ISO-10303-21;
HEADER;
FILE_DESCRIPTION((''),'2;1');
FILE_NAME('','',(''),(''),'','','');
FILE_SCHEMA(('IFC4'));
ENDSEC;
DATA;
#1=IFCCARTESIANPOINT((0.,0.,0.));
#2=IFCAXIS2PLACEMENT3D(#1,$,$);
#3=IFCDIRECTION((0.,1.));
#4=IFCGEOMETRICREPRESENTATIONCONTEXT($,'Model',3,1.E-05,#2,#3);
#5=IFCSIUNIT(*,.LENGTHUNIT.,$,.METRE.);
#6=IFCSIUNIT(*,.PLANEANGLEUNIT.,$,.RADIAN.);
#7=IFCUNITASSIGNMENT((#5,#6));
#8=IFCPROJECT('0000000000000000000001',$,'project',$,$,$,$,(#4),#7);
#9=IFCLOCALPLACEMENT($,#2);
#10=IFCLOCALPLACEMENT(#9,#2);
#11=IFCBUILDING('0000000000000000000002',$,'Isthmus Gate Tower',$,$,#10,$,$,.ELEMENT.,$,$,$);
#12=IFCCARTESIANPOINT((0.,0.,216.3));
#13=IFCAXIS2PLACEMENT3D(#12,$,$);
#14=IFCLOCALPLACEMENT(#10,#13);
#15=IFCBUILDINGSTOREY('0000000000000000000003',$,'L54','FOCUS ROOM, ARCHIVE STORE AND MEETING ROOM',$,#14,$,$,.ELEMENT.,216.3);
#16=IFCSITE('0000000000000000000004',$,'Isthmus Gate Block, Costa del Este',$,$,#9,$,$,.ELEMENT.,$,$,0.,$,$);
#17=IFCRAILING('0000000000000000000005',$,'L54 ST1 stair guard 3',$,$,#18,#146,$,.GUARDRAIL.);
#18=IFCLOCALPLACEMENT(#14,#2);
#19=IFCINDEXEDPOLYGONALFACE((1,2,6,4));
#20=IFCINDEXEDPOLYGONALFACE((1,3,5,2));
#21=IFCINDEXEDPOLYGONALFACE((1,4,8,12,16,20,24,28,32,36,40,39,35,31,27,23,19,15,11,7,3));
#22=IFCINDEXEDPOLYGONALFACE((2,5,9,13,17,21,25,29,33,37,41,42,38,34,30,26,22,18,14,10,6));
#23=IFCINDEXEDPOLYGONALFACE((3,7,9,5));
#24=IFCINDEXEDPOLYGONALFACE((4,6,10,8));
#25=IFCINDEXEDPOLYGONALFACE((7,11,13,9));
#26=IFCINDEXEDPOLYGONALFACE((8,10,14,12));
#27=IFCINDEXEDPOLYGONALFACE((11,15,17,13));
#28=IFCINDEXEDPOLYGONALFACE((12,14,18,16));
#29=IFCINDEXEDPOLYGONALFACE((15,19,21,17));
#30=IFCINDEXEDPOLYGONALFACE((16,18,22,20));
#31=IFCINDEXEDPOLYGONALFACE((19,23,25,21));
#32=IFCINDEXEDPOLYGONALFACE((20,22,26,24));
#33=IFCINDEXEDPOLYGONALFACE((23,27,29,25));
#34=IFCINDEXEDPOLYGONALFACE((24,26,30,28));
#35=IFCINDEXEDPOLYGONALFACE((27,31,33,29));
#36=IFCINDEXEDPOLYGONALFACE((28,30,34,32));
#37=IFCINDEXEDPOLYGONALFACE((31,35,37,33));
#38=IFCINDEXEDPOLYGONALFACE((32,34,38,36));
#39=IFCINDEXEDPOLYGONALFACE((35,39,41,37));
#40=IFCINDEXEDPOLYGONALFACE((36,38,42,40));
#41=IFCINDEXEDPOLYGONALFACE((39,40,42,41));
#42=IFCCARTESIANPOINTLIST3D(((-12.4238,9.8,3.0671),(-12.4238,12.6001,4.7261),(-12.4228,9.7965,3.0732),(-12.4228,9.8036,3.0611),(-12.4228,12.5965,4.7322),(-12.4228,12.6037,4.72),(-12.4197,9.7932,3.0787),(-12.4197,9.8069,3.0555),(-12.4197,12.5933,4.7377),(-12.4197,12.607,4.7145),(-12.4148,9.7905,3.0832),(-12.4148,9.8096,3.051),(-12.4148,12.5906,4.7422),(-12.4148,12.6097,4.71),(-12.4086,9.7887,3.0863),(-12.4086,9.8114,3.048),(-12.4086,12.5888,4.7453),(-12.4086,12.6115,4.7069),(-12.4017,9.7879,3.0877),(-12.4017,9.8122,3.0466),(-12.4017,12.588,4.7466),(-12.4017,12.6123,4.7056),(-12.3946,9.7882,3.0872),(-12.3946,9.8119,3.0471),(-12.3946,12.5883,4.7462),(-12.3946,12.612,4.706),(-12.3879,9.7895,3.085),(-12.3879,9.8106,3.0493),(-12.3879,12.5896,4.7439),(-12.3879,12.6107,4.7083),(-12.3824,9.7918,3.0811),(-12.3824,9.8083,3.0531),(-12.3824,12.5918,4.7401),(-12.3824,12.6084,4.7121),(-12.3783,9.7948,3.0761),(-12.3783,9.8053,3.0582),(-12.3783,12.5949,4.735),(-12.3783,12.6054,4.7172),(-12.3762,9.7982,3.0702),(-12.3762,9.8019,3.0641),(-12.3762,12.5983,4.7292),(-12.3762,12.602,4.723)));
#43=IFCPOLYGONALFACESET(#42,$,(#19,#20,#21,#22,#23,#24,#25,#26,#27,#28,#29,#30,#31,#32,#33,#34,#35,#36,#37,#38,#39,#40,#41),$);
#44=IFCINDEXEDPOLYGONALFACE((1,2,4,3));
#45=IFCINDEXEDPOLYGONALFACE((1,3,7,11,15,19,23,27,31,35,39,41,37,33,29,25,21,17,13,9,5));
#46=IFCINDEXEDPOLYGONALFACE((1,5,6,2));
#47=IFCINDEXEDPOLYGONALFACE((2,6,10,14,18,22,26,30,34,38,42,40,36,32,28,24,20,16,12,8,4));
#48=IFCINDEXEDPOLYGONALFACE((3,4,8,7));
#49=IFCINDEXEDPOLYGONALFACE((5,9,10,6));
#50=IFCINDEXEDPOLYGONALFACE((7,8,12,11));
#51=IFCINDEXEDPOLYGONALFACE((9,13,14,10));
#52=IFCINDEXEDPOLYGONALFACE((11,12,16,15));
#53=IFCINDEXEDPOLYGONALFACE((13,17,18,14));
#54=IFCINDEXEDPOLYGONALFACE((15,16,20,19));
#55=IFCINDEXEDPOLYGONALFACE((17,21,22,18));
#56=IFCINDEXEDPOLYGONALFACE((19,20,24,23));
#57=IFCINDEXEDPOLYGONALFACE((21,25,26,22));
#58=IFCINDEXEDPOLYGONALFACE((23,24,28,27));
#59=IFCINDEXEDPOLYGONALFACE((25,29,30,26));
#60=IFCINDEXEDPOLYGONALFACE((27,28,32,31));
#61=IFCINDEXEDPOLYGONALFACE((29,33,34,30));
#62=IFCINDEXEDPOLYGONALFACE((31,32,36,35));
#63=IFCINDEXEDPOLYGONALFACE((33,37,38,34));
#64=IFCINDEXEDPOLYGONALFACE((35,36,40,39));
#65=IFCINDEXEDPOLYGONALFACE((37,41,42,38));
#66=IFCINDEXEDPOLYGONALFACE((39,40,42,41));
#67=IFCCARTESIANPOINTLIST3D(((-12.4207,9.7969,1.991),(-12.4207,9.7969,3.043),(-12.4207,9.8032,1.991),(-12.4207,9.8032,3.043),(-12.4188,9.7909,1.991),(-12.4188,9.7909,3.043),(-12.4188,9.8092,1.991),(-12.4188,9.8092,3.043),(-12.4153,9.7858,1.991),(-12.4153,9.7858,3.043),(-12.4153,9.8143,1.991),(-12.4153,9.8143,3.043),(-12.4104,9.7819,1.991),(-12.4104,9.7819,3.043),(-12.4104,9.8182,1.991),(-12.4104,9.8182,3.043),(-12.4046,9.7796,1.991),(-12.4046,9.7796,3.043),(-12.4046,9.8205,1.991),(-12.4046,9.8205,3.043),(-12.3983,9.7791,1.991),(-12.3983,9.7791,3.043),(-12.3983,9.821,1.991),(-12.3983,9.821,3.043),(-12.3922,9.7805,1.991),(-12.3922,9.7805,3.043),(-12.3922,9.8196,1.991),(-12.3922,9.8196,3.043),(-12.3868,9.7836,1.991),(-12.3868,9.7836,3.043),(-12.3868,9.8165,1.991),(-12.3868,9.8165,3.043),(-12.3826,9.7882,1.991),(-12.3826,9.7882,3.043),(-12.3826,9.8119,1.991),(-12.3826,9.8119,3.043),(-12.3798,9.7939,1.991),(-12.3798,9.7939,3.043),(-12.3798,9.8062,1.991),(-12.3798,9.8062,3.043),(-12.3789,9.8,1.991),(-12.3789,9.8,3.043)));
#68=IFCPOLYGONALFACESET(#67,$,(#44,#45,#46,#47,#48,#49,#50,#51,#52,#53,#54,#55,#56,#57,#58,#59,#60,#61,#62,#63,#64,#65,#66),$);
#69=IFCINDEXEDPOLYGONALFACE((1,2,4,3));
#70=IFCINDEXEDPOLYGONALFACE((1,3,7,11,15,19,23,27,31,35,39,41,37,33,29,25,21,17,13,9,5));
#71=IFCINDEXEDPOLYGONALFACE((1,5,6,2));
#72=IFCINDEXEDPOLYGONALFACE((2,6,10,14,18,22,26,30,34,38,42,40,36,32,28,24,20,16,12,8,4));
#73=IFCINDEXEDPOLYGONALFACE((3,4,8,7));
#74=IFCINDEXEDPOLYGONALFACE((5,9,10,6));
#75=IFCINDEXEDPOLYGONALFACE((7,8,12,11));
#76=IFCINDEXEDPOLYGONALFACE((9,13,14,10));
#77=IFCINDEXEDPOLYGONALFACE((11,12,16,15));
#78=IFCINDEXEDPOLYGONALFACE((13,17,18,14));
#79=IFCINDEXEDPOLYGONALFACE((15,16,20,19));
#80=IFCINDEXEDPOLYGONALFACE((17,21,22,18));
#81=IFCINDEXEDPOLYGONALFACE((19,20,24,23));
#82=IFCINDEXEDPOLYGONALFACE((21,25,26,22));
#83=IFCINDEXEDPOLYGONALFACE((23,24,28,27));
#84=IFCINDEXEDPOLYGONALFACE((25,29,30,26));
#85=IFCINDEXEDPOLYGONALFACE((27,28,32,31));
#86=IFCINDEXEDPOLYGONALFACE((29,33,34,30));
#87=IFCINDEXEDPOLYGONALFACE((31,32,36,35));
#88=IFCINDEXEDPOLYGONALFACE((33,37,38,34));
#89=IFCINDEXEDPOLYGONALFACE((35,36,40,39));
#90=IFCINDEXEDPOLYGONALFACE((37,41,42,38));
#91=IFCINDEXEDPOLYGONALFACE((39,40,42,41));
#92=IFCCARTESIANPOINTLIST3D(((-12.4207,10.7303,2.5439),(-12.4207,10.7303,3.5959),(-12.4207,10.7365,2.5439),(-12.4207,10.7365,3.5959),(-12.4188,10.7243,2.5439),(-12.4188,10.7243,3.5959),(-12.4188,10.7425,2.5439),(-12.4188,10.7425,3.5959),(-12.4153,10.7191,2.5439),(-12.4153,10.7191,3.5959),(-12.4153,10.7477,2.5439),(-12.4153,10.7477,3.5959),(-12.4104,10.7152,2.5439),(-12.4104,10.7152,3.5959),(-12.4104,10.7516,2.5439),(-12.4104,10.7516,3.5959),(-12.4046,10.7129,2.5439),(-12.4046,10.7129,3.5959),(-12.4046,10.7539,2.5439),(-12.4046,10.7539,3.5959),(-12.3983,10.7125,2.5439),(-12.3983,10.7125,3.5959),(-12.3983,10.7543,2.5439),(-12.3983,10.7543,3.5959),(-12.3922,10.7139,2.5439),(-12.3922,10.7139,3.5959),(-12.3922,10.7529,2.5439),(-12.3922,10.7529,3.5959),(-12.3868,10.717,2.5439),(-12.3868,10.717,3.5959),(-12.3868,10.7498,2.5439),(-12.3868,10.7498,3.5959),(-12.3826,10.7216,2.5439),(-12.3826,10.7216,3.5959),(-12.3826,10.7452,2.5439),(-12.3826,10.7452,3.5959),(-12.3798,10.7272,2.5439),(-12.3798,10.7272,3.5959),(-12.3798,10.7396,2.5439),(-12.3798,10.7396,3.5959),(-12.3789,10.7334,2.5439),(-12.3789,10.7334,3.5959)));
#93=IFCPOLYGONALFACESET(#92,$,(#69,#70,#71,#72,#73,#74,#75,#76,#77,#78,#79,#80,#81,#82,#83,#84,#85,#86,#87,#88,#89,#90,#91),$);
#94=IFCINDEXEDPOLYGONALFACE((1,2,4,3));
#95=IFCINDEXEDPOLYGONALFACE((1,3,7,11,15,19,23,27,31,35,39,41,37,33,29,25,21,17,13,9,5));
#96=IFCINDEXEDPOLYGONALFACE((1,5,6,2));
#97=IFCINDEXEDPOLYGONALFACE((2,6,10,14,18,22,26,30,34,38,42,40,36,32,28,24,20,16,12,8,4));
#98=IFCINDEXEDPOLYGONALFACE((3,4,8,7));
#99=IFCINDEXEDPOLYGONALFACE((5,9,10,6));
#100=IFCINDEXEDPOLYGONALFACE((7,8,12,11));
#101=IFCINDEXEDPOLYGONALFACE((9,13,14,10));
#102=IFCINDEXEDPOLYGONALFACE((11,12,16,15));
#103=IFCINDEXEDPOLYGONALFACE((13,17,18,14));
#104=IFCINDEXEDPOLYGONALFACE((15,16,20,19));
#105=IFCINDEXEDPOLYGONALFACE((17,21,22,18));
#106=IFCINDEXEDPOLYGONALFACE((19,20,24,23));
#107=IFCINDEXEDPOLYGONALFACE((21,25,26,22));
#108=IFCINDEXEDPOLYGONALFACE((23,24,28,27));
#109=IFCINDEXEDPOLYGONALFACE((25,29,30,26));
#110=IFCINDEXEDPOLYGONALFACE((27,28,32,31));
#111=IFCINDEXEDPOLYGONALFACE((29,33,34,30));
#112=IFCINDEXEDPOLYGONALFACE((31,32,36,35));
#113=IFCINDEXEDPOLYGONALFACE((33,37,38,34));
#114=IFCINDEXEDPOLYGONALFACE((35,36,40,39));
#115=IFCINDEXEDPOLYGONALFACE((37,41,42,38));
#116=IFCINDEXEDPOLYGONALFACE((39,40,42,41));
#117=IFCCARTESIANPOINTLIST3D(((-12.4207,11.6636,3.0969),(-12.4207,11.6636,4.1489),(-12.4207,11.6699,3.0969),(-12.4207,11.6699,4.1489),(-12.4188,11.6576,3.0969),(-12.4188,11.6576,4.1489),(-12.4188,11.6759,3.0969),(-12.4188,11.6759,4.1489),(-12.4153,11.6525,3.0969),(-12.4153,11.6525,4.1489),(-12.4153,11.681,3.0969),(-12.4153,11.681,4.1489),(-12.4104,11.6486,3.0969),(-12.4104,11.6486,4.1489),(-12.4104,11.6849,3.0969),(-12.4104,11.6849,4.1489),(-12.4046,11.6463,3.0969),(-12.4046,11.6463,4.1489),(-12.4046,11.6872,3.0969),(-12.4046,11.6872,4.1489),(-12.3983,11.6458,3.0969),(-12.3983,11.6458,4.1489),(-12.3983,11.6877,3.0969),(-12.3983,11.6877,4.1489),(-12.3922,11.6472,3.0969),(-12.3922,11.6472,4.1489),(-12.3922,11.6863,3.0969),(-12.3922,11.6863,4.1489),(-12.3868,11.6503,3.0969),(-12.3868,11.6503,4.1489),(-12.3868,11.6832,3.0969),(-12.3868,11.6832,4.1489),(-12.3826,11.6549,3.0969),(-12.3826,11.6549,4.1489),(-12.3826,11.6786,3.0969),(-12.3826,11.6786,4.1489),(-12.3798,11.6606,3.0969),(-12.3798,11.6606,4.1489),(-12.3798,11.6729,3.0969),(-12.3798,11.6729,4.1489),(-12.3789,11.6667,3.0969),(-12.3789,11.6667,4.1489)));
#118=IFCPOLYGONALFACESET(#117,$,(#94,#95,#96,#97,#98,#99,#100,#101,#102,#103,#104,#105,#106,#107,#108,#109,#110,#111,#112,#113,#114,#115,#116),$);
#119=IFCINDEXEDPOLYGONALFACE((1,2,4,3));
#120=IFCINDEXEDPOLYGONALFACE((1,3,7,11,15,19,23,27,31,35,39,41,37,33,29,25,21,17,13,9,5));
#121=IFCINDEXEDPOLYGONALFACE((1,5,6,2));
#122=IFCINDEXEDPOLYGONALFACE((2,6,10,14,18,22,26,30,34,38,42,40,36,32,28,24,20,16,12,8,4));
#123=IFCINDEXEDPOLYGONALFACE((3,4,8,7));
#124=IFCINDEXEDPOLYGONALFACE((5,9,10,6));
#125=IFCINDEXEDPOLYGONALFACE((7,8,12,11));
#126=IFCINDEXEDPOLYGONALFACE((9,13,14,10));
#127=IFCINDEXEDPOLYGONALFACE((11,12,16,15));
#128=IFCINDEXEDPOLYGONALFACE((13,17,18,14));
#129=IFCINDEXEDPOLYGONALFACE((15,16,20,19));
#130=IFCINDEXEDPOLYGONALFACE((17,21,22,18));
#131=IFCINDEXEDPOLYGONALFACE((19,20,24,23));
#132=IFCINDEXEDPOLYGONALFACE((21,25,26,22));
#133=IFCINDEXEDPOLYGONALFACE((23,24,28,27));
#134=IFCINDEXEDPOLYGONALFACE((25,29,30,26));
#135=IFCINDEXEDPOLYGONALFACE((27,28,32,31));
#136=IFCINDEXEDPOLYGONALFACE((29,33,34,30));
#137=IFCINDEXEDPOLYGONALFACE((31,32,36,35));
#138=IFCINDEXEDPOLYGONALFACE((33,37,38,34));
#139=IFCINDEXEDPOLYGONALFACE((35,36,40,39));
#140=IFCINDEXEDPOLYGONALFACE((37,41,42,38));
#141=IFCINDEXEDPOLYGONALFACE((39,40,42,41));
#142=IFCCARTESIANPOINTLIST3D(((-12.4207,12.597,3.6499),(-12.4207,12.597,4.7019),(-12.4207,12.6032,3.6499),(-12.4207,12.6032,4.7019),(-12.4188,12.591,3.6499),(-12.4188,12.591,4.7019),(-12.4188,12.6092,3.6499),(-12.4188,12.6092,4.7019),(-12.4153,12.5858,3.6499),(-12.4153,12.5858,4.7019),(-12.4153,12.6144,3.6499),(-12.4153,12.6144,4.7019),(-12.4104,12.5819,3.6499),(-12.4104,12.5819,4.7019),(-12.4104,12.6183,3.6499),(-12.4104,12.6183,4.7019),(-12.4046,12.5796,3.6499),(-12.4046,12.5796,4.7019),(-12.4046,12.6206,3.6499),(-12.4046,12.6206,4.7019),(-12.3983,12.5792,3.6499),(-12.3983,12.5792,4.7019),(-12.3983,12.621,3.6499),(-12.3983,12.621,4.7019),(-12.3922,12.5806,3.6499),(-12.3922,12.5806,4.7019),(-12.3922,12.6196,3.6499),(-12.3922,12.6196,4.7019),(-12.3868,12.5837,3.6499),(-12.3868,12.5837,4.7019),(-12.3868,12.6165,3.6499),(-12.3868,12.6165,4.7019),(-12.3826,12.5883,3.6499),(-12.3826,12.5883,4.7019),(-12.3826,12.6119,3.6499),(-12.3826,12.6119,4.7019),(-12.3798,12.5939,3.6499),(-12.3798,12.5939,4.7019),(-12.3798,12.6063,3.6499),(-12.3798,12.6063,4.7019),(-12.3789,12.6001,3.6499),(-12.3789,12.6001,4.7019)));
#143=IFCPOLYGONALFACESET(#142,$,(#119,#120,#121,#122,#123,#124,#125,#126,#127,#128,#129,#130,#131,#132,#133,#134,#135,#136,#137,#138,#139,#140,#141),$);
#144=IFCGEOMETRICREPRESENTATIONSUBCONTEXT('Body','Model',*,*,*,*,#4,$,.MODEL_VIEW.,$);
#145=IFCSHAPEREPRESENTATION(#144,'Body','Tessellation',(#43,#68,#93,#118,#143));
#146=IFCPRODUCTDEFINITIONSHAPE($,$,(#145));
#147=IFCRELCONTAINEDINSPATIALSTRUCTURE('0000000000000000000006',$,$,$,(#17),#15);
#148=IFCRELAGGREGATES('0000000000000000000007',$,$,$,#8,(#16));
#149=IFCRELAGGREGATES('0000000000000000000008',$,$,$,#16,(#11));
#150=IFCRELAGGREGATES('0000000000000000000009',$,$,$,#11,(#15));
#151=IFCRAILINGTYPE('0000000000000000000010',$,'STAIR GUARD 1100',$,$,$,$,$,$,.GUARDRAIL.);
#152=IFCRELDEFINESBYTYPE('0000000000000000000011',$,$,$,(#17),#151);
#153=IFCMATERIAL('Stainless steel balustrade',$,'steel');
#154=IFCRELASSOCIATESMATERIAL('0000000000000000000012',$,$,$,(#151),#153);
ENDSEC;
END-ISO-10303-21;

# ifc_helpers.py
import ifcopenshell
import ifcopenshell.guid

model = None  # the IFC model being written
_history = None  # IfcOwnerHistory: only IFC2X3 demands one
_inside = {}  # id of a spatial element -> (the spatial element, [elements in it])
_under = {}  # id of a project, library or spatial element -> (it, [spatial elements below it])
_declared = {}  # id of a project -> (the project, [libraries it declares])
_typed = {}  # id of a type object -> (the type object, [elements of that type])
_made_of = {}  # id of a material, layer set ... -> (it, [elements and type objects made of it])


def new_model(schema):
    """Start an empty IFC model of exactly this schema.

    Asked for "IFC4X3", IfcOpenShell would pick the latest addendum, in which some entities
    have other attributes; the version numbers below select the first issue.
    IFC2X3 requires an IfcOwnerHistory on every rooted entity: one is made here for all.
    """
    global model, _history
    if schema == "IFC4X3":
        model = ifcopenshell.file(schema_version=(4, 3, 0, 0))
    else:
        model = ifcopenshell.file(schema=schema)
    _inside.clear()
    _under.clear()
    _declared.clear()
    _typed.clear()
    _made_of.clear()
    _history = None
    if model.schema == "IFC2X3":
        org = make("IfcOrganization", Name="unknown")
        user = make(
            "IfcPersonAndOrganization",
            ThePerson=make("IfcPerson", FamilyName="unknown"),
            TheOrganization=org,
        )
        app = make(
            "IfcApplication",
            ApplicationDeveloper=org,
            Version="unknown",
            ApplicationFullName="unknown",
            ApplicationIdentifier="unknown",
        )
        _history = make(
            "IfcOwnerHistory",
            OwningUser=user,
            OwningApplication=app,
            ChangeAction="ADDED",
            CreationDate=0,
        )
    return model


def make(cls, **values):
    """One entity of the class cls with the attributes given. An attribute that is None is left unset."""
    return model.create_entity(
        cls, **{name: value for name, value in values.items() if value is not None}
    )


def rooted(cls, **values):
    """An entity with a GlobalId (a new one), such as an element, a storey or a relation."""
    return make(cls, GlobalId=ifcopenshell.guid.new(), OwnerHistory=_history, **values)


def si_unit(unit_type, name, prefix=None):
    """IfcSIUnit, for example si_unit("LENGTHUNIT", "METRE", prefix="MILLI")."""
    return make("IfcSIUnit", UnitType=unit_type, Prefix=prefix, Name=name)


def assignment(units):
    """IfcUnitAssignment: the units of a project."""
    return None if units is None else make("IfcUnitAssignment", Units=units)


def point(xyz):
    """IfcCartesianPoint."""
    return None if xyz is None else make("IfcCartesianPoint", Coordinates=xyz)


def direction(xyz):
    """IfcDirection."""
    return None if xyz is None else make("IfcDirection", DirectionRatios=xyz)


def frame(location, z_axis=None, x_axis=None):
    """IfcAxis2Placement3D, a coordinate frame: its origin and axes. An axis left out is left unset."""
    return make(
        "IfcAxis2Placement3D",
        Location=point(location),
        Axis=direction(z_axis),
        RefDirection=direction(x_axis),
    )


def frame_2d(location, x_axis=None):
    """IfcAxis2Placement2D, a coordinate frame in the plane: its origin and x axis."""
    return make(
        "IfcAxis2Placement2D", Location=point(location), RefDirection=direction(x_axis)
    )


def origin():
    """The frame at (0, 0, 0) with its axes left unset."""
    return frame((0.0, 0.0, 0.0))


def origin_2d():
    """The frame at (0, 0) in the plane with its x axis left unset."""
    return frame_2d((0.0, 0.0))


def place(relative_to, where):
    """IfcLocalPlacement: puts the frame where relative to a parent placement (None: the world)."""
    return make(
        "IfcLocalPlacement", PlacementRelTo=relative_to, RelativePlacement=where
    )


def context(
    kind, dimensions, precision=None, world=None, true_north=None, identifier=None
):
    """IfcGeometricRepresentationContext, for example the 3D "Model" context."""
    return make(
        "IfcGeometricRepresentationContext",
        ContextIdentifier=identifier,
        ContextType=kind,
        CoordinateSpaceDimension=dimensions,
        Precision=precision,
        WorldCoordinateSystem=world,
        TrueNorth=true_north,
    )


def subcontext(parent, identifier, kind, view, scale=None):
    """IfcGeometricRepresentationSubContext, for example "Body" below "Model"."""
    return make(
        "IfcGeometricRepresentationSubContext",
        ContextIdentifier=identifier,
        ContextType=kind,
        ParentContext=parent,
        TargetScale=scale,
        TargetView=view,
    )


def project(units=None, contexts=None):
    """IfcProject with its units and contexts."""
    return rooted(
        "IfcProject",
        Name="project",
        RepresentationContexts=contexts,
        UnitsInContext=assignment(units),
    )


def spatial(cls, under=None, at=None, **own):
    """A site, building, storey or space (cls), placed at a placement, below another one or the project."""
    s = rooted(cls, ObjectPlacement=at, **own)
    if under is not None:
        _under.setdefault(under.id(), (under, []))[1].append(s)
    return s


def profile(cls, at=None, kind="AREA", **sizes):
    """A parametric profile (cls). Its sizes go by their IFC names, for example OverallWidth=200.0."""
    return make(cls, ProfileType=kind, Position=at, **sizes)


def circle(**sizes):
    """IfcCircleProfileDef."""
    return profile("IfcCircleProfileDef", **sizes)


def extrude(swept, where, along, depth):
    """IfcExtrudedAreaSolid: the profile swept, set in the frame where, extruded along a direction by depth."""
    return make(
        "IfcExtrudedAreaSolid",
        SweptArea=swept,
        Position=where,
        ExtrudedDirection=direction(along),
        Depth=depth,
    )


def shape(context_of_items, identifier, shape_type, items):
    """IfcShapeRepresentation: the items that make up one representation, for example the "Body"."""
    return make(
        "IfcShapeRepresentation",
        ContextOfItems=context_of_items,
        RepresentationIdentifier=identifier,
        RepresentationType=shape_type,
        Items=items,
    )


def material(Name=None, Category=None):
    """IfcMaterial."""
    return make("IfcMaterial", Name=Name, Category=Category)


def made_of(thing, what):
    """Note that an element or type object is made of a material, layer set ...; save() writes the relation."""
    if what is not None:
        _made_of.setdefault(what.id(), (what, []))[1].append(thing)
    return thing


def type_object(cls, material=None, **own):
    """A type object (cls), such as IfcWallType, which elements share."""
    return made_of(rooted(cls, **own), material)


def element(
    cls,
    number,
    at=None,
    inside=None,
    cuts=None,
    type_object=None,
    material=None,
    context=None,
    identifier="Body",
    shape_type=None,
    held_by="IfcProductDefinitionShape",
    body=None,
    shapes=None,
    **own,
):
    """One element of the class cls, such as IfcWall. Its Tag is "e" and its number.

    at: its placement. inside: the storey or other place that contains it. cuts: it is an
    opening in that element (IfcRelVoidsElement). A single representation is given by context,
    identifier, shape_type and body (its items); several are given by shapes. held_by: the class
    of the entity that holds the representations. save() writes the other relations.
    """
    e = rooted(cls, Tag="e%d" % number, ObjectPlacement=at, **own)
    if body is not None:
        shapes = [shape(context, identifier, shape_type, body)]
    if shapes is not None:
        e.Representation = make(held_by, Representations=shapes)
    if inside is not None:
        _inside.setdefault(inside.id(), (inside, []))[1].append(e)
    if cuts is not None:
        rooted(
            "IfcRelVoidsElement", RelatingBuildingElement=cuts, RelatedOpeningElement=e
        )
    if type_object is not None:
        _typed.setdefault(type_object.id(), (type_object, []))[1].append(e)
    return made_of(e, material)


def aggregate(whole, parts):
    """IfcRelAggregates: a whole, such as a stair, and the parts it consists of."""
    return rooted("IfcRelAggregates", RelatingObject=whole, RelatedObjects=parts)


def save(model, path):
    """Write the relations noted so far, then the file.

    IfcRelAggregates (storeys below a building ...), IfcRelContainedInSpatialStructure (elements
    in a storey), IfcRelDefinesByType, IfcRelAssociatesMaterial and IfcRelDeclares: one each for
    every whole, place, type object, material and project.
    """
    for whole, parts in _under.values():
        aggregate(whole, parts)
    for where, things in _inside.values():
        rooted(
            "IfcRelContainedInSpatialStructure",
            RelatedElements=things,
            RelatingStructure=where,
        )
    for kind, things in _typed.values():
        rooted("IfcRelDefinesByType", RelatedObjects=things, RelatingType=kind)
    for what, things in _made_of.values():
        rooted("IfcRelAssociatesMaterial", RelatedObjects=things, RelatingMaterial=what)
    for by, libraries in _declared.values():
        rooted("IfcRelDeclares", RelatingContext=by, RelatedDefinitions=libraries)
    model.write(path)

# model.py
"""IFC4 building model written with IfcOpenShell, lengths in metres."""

from ifc_helpers import new_model, si_unit, direction, frame, origin, origin_2d, place, context, subcontext, project, spatial, circle, extrude, material, type_object, element, save


model = new_model("IFC4")

# Units and contexts
model_context = context("Model", 3, precision=1e-05, world=origin(), true_north=direction((0.0, 1.0)))
body_context = subcontext(model_context, "Body", "Model", "MODEL_VIEW")
ifc_project = project(units=[si_unit("LENGTHUNIT", "METRE"), si_unit("PLANEANGLEUNIT", "RADIAN")], contexts=[model_context])

# Site, building, storey
site_placement = place(None, origin())
site = spatial("IfcSite", under=ifc_project, at=site_placement, Name="Isthmus Gate Block, Costa del Este", CompositionType="ELEMENT", RefElevation=0.0)
building_placement = place(site_placement, origin())
building = spatial("IfcBuilding", under=site, at=building_placement, Name="Isthmus Gate Tower", CompositionType="ELEMENT")
storey_placement = place(building_placement, frame((0.0, 0.0, 216.3)))
storey = spatial("IfcBuildingStorey", under=building, at=storey_placement, Name="L54", Description="FOCUS ROOM, ARCHIVE STORE AND MEETING ROOM", CompositionType="ELEMENT", Elevation=216.3)

# Railing
ifc_material_1 = material(Name="Stainless steel balustrade", Category="steel")
railing_type_1 = type_object("IfcRailingType", Name="STAIR GUARD 1100", PredefinedType="GUARDRAIL", material=ifc_material_1)
railing_1_placement = place(storey_placement, frame((-12.3999, 9.8, 1.991)))
element("IfcRailing", 1, at=railing_1_placement, inside=storey, type_object=railing_type_1, Name="L54 ST1 stair guard 3", PredefinedType="GUARDRAIL", context=body_context, shape_type="SweptSolid", body=[
    extrude(circle(Radius=0.0239, at=origin_2d()), frame((0.0, 0.0, 1.0762), z_axis=(0.0, 0.860339, 0.509722), x_axis=(-1.0, 0.0, 0.0)), (0.0, 0.0, 1.0), 3.2546),
    extrude(circle(Radius=0.021, at=origin_2d()), origin(), (0.0, 0.0, 1.0), 1.052),
    extrude(circle(Radius=0.021, at=origin_2d()), frame((0.0, 0.9333, 0.553)), (0.0, 0.0, 1.0), 1.052),
    extrude(circle(Radius=0.021, at=origin_2d()), frame((0.0, 1.8667, 1.106)), (0.0, 0.0, 1.0), 1.052),
    extrude(circle(Radius=0.021, at=origin_2d()), frame((0.0, 2.8, 1.6589)), (0.0, 0.0, 1.0), 1.052),
])

save(model, "model.ifc")
